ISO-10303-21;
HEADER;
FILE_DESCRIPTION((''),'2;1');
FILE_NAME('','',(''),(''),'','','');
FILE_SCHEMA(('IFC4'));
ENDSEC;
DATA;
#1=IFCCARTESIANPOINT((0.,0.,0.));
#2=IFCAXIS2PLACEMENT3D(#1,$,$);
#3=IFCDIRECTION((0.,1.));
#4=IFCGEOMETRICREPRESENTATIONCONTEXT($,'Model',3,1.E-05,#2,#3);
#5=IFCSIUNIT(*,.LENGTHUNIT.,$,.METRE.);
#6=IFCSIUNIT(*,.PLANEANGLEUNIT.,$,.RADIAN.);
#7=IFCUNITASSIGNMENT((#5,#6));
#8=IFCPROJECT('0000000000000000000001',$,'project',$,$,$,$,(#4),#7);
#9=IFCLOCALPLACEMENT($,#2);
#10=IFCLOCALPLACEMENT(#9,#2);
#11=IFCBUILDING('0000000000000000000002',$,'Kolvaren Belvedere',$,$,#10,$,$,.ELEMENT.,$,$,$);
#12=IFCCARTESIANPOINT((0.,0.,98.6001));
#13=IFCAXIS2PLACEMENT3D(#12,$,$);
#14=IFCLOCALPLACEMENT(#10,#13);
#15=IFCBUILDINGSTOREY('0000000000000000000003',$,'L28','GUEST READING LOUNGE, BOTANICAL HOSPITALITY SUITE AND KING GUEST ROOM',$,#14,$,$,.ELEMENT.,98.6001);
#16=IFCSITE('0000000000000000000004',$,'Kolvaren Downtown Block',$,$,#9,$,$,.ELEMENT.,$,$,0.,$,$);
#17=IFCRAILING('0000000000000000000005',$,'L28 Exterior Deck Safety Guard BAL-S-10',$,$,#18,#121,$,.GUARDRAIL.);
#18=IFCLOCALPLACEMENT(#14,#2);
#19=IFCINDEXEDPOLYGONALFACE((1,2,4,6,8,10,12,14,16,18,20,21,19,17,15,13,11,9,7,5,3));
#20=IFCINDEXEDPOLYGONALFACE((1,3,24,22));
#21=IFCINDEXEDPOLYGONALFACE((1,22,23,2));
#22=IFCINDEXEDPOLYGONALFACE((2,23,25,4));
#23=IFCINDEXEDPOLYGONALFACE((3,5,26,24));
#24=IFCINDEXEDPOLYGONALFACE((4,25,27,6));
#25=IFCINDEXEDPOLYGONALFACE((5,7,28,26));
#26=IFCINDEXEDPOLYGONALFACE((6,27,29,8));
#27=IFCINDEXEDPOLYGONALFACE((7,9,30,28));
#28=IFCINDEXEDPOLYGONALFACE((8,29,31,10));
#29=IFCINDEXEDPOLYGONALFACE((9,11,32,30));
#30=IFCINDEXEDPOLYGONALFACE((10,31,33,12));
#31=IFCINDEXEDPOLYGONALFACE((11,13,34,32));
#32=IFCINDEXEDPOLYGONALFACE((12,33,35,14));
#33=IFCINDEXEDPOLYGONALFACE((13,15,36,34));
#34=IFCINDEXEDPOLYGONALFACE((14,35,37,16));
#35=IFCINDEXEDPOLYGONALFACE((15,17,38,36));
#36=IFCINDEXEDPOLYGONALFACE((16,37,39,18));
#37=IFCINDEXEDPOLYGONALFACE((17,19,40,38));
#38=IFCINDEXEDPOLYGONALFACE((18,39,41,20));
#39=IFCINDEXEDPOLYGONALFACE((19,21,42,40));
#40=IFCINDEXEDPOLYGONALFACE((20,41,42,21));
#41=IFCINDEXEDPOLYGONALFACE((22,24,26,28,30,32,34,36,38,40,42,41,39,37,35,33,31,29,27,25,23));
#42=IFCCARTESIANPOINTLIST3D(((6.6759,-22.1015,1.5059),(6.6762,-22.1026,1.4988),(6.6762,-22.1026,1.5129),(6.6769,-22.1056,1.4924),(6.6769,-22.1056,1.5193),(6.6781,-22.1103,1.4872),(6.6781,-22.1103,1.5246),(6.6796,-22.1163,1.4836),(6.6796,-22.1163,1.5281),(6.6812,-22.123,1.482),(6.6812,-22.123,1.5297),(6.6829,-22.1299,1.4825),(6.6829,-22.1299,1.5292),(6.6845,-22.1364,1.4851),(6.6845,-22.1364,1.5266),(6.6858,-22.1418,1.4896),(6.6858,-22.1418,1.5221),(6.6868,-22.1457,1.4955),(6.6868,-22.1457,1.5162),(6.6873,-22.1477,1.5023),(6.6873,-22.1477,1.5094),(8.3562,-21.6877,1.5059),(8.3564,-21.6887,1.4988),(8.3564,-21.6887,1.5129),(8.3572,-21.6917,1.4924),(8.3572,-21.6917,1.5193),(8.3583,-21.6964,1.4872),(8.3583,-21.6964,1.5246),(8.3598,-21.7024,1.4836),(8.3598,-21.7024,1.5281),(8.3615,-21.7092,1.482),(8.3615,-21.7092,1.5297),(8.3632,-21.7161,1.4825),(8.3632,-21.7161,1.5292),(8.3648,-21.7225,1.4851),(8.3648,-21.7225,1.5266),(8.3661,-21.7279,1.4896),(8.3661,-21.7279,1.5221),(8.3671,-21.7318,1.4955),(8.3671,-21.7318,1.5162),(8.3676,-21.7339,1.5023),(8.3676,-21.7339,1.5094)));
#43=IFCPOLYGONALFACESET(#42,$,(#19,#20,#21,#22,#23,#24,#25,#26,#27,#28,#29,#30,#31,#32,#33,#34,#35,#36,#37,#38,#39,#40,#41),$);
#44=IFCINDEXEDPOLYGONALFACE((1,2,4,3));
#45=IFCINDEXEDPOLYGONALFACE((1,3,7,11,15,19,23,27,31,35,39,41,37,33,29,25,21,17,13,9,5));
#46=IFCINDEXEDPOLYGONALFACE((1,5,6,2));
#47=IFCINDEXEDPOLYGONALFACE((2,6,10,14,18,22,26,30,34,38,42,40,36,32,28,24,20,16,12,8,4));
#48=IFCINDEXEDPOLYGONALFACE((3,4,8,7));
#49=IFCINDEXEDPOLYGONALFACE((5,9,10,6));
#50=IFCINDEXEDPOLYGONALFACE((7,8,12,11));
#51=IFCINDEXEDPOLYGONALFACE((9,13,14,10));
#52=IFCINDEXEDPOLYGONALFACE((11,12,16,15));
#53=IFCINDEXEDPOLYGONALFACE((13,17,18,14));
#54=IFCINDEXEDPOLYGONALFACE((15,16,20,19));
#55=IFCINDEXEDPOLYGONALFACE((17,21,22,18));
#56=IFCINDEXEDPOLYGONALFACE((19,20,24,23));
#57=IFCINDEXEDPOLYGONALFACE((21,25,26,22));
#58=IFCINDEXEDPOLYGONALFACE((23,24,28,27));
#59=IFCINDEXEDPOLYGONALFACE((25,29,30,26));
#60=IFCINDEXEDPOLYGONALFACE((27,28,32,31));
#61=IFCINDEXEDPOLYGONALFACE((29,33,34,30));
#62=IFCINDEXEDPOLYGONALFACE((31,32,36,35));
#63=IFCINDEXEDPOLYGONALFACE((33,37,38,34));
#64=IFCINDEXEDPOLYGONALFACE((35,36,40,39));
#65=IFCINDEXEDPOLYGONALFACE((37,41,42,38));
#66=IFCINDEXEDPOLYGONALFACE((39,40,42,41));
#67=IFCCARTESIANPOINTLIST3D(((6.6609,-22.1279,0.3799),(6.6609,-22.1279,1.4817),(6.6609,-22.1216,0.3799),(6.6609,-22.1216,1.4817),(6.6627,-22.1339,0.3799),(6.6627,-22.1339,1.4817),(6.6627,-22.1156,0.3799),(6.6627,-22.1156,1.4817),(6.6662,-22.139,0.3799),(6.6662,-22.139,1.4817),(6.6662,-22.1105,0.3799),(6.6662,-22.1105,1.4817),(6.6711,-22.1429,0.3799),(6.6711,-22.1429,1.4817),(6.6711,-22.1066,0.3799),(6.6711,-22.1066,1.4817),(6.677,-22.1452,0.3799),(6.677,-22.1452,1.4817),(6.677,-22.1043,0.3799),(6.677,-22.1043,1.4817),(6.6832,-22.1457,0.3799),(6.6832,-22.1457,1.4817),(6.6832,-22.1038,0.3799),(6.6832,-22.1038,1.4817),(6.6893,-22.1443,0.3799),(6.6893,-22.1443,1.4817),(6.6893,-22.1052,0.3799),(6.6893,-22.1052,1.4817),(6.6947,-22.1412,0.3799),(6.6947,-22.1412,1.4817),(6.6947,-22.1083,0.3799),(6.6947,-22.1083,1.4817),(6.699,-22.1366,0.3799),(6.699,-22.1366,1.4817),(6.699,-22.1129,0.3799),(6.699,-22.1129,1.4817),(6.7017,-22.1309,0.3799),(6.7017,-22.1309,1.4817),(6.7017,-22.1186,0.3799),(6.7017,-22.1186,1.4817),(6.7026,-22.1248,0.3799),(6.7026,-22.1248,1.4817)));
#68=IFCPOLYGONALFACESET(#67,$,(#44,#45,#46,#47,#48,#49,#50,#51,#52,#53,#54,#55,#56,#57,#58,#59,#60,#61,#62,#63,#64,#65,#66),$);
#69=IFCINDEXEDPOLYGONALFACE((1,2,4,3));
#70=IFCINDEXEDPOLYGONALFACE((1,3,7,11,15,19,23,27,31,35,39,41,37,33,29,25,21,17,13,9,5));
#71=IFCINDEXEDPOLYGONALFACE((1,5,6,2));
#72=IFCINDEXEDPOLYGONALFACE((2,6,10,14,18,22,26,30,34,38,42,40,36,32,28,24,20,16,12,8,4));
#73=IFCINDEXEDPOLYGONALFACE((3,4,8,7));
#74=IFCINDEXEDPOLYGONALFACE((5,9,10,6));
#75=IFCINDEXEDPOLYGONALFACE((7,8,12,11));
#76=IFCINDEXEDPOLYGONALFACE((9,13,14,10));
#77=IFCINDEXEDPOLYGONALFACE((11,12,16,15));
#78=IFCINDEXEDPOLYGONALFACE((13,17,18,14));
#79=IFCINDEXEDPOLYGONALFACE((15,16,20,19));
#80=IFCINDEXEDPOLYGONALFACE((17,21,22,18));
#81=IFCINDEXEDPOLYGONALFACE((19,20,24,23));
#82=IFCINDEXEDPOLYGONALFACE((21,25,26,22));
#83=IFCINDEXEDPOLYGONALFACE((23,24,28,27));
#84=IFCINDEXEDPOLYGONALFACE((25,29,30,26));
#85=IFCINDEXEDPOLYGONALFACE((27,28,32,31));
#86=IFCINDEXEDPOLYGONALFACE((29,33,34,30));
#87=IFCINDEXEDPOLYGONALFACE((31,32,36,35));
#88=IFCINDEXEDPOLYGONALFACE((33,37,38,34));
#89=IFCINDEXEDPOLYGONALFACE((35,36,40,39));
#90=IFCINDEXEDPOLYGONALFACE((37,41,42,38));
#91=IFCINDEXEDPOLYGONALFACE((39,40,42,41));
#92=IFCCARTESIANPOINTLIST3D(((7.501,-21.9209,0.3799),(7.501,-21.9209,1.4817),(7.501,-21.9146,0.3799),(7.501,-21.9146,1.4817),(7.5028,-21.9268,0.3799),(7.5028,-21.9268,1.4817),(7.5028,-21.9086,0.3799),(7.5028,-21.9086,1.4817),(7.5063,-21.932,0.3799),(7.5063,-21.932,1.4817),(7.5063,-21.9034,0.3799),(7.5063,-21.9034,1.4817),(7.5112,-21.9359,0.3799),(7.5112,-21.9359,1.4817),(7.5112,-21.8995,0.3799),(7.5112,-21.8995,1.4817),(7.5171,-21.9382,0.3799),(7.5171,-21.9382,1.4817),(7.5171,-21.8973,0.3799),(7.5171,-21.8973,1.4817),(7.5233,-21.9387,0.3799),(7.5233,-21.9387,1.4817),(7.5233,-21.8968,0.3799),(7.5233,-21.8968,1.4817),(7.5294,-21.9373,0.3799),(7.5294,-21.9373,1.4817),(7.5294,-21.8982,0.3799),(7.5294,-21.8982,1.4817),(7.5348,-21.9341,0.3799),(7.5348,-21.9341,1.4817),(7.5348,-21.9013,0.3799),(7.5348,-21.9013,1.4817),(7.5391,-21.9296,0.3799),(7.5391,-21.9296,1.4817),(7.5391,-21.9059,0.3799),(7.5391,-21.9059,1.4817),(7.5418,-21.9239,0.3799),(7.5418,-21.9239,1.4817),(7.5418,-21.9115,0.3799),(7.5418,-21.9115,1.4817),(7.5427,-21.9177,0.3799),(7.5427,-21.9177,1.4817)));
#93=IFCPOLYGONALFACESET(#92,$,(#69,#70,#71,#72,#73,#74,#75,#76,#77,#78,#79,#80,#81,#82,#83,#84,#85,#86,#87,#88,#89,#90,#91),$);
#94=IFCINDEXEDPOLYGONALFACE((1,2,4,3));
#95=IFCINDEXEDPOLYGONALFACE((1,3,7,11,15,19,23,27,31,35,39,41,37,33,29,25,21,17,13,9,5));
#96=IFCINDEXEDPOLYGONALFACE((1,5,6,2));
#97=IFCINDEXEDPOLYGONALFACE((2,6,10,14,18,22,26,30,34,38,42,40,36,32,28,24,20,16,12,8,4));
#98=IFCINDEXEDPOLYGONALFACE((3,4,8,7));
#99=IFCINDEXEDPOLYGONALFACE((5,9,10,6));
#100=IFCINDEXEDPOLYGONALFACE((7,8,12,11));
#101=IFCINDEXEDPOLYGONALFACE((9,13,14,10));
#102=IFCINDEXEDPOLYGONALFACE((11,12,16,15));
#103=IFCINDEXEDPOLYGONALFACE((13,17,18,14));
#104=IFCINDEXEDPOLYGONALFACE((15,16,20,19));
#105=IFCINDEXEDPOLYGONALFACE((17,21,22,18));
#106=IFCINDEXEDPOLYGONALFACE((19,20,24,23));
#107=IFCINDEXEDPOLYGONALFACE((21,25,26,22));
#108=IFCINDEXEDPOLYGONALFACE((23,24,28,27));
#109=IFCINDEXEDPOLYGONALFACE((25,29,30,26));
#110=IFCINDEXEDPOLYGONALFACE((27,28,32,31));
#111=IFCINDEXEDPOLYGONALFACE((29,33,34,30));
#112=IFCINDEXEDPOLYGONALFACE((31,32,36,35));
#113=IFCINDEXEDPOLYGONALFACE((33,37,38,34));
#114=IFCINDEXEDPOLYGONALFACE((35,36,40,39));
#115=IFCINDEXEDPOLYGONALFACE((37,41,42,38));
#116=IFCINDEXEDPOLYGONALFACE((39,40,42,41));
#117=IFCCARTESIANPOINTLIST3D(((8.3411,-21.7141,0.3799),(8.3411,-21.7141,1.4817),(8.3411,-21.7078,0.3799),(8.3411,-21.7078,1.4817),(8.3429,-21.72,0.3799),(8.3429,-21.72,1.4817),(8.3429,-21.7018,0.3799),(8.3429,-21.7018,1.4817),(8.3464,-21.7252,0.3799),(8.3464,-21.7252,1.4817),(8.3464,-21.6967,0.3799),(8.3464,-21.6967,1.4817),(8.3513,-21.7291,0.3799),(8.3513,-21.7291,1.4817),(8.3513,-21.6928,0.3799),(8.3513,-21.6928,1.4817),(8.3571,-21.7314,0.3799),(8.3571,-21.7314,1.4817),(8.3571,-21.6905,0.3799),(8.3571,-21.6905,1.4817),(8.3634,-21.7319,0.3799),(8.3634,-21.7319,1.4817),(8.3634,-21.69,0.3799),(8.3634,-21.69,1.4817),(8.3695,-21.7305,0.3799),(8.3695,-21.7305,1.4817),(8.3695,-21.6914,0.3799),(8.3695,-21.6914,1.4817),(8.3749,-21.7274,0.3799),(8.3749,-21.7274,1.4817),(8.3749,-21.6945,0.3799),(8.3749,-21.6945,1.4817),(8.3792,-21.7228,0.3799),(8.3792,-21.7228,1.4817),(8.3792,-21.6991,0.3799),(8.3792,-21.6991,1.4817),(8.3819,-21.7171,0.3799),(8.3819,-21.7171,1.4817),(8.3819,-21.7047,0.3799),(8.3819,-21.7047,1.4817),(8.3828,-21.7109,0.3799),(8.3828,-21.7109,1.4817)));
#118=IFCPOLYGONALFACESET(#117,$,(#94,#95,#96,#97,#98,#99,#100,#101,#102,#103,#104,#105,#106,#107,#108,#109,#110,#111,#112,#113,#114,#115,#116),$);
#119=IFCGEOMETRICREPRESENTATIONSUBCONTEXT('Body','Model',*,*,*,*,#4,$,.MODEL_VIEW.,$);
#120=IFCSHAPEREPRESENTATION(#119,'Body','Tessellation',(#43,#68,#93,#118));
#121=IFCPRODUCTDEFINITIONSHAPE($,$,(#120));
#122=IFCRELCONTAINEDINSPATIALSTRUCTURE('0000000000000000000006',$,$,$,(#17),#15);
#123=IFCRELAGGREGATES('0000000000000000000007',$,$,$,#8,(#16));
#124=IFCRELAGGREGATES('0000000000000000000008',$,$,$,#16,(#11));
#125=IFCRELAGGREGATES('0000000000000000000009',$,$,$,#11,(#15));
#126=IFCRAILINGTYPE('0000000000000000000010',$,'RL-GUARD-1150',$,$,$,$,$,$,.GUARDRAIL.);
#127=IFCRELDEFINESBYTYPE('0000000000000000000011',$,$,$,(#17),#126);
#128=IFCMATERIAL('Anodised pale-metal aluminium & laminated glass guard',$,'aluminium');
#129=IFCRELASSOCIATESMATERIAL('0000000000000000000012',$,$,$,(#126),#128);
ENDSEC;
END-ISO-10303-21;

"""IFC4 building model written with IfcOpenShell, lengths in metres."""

from ifc_helpers import new_model, si_unit, direction, frame, origin, origin_2d, place, context, subcontext, project, spatial, circle, extrude, material, type_object, element, save


model = new_model("IFC4")

# Units and contexts
model_context = context("Model", 3, precision=1e-05, world=origin(), true_north=direction((0.0, 1.0)))
body_context = subcontext(model_context, "Body", "Model", "MODEL_VIEW")
ifc_project = project(units=[si_unit("LENGTHUNIT", "METRE"), si_unit("PLANEANGLEUNIT", "RADIAN")], contexts=[model_context])

# Site, building, storey
site_placement = place(None, origin())
site = spatial("IfcSite", under=ifc_project, at=site_placement, Name="Kolvaren Downtown Block", CompositionType="ELEMENT", RefElevation=0.0)
building_placement = place(site_placement, origin())
building = spatial("IfcBuilding", under=site, at=building_placement, Name="Kolvaren Belvedere", CompositionType="ELEMENT")
storey_placement = place(building_placement, frame((0.0, 0.0, 98.6001)))
storey = spatial("IfcBuildingStorey", under=building, at=storey_placement, Name="L28", Description="GUEST READING LOUNGE, BOTANICAL HOSPITALITY SUITE AND KING GUEST ROOM", CompositionType="ELEMENT", Elevation=98.6001)

# Railing
ifc_material_1 = material(Name="Anodised pale-metal aluminium & laminated glass guard", Category="aluminium")
railing_type = type_object("IfcRailingType", Name="RL-GUARD-1150", PredefinedType="GUARDRAIL", material=ifc_material_1)
railing_1_placement = place(storey_placement, frame((6.6816, -22.1248, 0.3799)))
element("IfcRailing", 1, at=railing_1_placement, inside=storey, type_object=railing_type, Name="L28 Exterior Deck Safety Guard BAL-S-10", PredefinedType="GUARDRAIL", context=body_context, shape_type="SweptSolid", body=[
    extrude(circle(Radius=0.0239, at=origin_2d()), frame((0.0, 0.0, 1.126), z_axis=(0.970983, 0.239148, 0.0), x_axis=(-0.239148, 0.970983, 0.0)), (0.0, 0.0, 1.0), 1.7305),
    extrude(circle(Radius=0.021, at=origin_2d()), origin(), (0.0, 0.0, 1.0), 1.1018),
    extrude(circle(Radius=0.021, at=origin_2d()), frame((0.8401, 0.207, 0.0)), (0.0, 0.0, 1.0), 1.1018),
    extrude(circle(Radius=0.021, at=origin_2d()), frame((1.6802, 0.4138, 0.0)), (0.0, 0.0, 1.0), 1.1018),
])

save(model, "model.ifc")
